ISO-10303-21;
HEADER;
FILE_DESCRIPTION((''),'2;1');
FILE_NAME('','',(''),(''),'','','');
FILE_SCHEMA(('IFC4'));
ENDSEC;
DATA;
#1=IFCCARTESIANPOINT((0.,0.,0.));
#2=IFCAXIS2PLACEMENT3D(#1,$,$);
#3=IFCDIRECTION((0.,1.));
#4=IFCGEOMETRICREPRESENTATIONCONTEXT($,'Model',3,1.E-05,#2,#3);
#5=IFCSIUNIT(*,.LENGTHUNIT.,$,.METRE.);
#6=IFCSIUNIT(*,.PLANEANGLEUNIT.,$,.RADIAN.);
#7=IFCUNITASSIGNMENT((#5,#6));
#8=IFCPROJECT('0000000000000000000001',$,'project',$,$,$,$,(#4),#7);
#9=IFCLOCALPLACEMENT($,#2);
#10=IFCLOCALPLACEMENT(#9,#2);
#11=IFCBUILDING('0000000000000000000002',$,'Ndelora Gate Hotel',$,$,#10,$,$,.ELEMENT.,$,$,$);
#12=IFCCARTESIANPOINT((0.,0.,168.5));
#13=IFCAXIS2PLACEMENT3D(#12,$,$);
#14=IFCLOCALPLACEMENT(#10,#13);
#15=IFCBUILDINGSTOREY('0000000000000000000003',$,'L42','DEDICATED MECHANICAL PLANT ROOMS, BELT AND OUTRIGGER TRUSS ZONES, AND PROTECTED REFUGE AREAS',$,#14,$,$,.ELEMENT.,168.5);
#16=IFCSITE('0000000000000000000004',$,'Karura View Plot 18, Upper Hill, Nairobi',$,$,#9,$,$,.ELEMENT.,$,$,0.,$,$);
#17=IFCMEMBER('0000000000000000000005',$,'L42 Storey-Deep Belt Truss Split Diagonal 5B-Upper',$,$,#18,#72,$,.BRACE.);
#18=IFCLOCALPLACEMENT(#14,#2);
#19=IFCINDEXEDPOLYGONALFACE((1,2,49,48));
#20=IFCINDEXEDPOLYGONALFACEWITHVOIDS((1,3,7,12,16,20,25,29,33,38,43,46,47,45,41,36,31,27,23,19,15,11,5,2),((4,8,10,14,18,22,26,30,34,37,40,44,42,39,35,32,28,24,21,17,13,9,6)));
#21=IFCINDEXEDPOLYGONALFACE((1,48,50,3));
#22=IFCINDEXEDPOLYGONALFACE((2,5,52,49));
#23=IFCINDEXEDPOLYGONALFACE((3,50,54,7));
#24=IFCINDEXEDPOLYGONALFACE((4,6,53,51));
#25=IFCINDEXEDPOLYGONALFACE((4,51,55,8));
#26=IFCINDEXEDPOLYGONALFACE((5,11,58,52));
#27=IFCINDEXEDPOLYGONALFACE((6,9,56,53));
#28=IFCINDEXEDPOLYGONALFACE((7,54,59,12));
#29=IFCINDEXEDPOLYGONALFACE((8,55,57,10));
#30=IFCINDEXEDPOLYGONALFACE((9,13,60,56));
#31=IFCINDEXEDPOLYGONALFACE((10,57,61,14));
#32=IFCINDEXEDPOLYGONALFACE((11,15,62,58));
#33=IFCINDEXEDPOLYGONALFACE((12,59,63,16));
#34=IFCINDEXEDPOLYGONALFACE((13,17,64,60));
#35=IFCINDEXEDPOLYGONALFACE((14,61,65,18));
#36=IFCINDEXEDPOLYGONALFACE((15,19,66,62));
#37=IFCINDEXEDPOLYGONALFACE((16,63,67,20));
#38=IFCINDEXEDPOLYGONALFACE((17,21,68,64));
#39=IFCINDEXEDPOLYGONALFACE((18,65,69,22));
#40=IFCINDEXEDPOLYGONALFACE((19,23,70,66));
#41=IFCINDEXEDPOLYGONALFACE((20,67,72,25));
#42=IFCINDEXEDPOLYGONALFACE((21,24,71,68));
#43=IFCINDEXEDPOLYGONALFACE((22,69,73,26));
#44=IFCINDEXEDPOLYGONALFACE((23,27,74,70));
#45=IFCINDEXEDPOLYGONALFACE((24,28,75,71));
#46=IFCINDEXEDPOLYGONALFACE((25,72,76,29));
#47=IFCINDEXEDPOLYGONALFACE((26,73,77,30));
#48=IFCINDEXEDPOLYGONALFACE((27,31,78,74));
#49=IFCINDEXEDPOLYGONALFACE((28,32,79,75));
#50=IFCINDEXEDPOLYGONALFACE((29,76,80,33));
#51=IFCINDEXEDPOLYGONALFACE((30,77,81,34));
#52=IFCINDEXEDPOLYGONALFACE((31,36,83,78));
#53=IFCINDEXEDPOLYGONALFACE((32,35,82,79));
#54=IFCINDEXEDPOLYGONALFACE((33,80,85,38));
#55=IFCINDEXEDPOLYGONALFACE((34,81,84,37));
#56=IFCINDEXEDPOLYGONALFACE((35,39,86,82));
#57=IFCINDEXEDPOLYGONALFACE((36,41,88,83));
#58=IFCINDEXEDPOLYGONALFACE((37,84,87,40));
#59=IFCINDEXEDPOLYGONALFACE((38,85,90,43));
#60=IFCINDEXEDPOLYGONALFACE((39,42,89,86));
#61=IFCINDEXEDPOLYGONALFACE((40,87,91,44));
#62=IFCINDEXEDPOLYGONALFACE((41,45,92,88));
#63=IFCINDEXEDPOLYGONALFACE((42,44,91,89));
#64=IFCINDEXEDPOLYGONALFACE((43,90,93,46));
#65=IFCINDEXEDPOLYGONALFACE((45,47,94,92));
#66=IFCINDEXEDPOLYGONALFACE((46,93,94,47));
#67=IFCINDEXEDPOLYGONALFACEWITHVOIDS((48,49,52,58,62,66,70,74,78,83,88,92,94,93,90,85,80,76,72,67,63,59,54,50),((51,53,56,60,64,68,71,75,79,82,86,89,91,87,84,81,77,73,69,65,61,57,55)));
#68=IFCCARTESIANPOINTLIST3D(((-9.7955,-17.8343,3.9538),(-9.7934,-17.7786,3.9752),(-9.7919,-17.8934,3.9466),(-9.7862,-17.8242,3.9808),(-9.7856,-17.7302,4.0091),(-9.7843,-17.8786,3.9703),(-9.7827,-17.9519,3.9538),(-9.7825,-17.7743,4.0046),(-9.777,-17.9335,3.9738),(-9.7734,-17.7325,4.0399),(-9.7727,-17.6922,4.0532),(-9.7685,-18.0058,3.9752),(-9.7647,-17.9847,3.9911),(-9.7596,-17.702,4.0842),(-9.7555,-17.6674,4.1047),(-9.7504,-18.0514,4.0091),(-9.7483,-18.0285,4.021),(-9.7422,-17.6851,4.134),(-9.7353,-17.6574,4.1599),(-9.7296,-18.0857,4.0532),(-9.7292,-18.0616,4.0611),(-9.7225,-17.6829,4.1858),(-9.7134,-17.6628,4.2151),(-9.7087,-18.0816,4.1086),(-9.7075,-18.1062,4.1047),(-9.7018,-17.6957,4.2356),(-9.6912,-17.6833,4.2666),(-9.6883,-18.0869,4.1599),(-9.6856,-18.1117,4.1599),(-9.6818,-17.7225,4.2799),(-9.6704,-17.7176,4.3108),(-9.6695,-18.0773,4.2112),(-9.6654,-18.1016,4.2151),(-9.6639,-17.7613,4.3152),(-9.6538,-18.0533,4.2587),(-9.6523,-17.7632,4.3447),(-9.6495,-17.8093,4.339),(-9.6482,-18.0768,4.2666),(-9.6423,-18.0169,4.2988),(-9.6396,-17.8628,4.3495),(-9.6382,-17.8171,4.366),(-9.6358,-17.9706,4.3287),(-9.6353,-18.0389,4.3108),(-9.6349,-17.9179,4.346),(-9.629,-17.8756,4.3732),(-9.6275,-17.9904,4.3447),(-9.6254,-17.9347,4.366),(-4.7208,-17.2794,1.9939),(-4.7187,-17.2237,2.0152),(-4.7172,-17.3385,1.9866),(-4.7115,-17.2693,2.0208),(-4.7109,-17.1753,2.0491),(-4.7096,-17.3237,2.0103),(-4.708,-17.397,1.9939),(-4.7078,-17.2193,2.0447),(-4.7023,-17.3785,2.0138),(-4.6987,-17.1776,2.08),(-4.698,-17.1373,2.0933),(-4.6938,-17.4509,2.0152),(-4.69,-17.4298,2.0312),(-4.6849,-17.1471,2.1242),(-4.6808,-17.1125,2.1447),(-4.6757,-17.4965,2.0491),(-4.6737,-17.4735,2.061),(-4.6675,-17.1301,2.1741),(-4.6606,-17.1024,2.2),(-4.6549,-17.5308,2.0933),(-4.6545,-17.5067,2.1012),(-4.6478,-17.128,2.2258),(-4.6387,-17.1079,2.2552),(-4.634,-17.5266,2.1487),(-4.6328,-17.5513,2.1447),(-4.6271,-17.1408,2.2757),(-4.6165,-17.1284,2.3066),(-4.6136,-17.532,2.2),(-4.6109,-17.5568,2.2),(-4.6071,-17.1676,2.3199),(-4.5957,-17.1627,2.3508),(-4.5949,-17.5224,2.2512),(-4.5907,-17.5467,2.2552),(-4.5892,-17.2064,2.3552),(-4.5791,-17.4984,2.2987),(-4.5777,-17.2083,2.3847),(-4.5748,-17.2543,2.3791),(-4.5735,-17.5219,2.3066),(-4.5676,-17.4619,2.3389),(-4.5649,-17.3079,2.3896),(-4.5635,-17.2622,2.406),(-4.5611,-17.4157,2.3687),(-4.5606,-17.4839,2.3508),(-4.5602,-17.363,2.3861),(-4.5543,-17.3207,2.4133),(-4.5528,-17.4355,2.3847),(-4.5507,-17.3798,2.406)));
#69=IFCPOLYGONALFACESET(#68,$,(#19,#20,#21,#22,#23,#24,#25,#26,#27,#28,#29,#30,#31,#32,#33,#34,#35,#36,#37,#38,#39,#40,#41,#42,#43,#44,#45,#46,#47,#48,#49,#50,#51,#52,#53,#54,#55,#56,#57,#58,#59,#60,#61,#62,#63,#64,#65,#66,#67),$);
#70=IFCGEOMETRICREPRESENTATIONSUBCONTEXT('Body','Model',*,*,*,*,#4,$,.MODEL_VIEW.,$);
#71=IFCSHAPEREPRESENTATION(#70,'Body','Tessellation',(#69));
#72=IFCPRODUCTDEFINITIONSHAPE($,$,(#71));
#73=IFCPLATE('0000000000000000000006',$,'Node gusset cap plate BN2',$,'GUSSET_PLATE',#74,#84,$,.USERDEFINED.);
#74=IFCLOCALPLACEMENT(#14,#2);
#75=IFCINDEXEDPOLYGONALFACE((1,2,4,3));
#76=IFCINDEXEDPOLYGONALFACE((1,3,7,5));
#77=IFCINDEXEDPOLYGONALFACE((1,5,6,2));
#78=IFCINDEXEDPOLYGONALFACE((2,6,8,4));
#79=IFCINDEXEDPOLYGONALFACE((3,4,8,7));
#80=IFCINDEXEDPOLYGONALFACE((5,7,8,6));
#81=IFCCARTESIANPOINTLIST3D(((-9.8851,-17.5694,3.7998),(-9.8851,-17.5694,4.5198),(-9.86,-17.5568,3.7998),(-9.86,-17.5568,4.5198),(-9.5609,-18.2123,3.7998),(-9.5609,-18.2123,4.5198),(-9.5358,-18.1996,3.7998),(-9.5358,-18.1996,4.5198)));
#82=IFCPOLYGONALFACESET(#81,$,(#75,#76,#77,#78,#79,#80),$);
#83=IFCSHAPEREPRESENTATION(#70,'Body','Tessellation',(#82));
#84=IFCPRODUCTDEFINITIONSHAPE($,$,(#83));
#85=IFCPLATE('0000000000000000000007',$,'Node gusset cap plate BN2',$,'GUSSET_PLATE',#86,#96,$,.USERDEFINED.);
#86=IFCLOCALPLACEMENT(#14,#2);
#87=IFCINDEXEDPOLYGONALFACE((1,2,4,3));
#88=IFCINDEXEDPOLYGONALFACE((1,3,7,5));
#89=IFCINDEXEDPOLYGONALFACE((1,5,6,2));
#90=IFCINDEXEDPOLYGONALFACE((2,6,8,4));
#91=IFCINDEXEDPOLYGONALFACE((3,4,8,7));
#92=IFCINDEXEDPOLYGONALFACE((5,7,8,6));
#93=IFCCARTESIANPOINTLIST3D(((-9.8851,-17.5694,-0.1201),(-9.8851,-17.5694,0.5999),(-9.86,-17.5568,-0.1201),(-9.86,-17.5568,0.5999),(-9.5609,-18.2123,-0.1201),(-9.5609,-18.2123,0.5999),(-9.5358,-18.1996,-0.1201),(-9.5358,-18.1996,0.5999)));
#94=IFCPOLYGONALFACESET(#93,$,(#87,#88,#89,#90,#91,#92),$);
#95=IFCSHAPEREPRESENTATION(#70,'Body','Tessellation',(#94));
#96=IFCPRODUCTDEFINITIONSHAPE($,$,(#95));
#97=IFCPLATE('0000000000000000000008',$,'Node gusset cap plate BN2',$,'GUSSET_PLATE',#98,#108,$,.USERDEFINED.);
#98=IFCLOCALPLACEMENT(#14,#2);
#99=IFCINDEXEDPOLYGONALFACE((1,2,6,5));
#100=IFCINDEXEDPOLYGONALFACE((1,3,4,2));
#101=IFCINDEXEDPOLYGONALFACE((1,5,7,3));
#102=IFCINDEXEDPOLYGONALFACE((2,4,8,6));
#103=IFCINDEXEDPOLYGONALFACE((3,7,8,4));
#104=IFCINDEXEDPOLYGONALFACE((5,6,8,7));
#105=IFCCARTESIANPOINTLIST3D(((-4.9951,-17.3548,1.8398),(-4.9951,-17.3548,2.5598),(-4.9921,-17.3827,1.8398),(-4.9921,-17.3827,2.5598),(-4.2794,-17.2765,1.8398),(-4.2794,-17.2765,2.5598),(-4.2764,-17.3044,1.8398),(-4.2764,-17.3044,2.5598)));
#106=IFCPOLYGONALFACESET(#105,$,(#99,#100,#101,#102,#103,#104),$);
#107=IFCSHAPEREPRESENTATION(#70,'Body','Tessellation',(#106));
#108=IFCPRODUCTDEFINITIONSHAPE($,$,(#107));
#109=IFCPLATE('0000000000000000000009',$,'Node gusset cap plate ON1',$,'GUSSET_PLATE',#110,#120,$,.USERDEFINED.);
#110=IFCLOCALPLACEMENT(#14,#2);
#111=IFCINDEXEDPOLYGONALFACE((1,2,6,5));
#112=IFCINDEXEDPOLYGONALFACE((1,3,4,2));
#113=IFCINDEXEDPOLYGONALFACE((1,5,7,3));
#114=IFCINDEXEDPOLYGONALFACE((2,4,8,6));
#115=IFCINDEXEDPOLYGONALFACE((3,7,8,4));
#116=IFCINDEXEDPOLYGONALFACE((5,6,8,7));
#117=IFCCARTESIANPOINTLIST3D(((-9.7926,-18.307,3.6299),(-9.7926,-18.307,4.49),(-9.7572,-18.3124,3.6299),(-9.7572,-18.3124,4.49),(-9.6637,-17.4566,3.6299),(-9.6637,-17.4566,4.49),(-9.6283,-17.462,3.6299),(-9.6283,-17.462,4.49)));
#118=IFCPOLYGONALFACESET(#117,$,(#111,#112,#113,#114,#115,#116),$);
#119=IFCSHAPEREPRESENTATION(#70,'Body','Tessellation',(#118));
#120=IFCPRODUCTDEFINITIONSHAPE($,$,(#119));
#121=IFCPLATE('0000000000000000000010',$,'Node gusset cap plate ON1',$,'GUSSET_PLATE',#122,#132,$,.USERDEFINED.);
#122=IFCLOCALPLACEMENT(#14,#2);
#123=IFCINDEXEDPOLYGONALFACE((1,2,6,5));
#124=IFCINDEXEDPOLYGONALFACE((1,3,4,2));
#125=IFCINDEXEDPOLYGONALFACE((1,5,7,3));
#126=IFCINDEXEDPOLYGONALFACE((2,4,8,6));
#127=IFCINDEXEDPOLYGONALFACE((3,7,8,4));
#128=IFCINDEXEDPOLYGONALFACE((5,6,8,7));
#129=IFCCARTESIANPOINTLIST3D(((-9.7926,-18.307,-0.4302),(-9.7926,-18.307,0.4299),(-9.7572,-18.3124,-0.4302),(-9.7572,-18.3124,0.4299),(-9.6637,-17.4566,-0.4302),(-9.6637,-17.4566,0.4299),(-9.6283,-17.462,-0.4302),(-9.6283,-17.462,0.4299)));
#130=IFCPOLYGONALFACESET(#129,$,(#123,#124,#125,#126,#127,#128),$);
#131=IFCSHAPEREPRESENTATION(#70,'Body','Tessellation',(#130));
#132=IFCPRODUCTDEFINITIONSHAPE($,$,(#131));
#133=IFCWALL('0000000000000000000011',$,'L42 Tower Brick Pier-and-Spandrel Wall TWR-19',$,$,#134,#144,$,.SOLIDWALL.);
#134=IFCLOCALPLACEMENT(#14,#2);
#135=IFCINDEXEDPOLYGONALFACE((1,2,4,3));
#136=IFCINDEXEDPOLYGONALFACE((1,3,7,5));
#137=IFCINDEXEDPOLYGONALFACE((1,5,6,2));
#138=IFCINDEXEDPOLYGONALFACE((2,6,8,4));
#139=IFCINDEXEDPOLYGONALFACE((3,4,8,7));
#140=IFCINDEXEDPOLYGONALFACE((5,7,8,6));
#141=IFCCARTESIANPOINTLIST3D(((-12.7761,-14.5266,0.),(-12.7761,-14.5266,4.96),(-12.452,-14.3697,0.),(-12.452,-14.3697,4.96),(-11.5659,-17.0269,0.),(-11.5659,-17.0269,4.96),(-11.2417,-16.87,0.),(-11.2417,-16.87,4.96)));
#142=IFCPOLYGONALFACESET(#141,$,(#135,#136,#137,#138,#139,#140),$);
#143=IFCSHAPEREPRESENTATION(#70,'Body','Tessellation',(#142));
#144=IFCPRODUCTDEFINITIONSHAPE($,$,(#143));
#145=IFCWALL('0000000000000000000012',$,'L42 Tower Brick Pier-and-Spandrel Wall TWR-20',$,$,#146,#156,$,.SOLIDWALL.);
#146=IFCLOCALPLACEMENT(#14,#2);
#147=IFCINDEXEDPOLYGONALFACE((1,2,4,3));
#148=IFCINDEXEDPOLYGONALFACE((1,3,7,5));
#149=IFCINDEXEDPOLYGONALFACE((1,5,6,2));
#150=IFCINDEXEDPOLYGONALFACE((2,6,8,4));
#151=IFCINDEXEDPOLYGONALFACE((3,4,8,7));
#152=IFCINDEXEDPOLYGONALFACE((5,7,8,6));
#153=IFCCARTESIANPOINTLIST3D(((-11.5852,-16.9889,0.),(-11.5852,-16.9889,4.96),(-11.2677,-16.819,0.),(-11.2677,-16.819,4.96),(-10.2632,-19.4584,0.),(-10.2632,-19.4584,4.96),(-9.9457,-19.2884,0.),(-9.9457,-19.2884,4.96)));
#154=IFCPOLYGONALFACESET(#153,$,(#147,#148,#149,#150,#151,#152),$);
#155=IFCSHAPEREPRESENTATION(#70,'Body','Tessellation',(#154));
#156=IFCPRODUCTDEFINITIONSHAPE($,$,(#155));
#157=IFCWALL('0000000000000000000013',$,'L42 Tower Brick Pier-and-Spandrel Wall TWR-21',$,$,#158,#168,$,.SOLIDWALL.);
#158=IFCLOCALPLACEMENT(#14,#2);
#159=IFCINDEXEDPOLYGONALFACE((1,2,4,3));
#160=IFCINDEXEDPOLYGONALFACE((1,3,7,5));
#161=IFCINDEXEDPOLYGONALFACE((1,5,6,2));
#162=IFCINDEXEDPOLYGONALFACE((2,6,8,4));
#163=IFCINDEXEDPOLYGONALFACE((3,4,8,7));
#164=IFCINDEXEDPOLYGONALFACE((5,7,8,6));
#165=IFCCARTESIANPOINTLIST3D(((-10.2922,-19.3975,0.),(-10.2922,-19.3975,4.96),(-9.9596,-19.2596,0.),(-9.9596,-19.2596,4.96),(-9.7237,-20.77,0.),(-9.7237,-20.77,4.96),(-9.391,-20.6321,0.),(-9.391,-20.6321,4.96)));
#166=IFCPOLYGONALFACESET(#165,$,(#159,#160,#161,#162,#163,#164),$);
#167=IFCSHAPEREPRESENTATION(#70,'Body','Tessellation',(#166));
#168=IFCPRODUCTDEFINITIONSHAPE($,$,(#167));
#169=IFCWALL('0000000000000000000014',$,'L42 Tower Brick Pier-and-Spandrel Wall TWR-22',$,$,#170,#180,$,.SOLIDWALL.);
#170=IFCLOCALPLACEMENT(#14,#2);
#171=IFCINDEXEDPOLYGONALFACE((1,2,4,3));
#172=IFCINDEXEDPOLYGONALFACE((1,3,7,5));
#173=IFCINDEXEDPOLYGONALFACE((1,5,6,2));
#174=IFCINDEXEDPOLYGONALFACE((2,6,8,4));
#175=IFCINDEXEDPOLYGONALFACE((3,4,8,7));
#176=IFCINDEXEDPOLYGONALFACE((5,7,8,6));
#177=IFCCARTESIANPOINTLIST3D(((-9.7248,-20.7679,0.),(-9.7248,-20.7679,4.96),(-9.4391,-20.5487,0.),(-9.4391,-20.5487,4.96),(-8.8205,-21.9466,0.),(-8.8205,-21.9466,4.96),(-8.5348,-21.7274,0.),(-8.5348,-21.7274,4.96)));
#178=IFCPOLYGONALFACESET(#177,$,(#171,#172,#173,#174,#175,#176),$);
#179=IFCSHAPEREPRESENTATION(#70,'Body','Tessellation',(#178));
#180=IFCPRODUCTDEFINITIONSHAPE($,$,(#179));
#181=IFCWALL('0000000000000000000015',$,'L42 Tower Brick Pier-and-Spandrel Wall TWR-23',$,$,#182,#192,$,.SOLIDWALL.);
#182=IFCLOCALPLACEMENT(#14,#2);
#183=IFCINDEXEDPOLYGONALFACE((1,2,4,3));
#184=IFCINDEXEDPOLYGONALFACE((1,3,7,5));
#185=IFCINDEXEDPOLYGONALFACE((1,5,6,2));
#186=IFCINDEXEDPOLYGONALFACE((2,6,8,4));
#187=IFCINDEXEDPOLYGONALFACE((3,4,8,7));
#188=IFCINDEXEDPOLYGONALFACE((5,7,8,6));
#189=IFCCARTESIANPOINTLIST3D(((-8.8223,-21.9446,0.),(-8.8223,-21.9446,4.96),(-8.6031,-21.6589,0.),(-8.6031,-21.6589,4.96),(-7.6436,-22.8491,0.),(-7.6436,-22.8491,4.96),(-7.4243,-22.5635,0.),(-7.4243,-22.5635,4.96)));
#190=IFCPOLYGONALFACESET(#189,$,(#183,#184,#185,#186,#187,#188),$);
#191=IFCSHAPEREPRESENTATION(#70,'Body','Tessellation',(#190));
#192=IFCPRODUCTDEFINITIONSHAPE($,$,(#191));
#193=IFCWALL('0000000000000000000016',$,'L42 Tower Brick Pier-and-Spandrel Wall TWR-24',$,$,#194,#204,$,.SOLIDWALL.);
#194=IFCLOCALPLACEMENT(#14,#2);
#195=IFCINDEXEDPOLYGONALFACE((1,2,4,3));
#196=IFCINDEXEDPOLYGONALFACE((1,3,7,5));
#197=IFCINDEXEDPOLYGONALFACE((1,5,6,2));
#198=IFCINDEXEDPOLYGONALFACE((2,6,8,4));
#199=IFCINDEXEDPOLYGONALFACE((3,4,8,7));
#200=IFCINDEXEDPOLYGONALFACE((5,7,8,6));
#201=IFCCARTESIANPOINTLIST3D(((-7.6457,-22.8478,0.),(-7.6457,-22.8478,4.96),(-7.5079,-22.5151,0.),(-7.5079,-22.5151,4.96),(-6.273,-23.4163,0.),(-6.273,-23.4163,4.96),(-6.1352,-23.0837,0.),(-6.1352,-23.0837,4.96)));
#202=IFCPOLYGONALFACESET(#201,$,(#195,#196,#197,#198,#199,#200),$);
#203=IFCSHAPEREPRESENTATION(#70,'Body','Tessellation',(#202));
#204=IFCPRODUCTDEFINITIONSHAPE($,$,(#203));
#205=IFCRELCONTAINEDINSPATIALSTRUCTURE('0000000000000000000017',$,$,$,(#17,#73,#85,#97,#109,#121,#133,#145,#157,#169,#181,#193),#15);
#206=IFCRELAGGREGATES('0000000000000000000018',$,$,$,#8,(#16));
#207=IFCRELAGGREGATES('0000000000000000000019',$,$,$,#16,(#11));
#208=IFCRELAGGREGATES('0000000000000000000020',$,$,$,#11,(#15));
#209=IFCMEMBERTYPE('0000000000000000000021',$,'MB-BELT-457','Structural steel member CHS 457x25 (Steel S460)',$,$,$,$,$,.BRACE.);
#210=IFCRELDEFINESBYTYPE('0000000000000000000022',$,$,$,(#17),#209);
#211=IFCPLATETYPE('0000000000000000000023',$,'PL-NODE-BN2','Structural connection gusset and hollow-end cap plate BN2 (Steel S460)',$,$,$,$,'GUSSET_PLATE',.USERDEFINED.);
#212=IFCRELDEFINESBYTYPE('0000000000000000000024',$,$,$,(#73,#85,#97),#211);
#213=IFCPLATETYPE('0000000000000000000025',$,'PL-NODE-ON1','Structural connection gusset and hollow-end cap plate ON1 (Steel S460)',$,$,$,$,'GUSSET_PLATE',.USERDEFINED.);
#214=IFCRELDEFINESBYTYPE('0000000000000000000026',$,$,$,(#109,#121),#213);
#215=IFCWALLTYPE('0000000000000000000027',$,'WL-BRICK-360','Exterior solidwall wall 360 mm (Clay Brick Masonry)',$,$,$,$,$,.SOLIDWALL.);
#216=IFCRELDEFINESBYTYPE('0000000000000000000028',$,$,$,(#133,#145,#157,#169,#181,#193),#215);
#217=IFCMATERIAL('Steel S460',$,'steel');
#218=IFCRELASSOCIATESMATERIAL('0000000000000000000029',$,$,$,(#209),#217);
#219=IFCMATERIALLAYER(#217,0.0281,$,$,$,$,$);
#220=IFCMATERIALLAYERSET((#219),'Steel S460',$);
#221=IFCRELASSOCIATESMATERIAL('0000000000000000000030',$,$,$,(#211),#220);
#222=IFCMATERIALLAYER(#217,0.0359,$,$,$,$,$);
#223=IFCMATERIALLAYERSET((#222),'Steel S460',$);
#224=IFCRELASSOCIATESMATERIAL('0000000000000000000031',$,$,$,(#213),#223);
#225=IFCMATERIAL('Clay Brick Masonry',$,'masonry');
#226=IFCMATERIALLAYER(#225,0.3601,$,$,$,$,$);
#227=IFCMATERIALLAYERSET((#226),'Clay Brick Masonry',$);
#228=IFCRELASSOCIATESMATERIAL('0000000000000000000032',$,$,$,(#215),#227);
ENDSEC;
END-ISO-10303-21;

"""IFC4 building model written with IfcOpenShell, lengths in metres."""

from ifc_helpers import new_model, si_unit, direction, frame, frame_2d, origin, origin_2d, place, context, subcontext, project, spatial, rectangle, hollow_circle, extrude, material, layer, layer_set, material_profile, profile_set, type_object, element, save


model = new_model("IFC4")

# Units and contexts
model_context = context("Model", 3, precision=1e-05, world=origin(), true_north=direction((0.0, 1.0)))
body_context = subcontext(model_context, "Body", "Model", "MODEL_VIEW")
ifc_project = project(units=[si_unit("LENGTHUNIT", "METRE"), si_unit("PLANEANGLEUNIT", "RADIAN")], contexts=[model_context])

# Site, building, storey
site_placement = place(None, origin())
site = spatial("IfcSite", under=ifc_project, at=site_placement, Name="Karura View Plot 18, Upper Hill, Nairobi", CompositionType="ELEMENT", RefElevation=0.0)
building_placement = place(site_placement, origin())
building = spatial("IfcBuilding", under=site, at=building_placement, Name="Ndelora Gate Hotel", CompositionType="ELEMENT")
storey_placement = place(building_placement, frame((0.0, 0.0, 168.5)))
storey = spatial("IfcBuildingStorey", under=building, at=storey_placement, Name="L42", Description="DEDICATED MECHANICAL PLANT ROOMS, BELT AND OUTRIGGER TRUSS ZONES, AND PROTECTED REFUGE AREAS", CompositionType="ELEMENT", Elevation=168.5)

# Shared definitions
ifc_material_1 = material(Name="Steel S460", Category="steel")

# Member
ifc_material_profile_1 = material_profile(ifc_material_1, hollow_circle(Radius=0.2285, WallThickness=0.0249, at=origin_2d()), Name="CHS 457x25")
ifc_profile_set_1 = profile_set([ifc_material_profile_1], Name="Steel S460")
member_type = type_object("IfcMemberType", Name="MB-BELT-457", Description="Structural steel member CHS 457x25 (Steel S460)", PredefinedType="BRACE", material=ifc_profile_set_1)
member_1_placement = place(storey_placement, frame((-4.6357, -17.3296, 2.2), z_axis=(-0.928027, -0.101482, 0.358424), x_axis=(0.108704, -0.994074, 0.0)))
element("IfcMember", 1, at=member_1_placement, inside=storey, type_object=member_type, Name="L42 Storey-Deep Belt Truss Split Diagonal 5B-Upper", PredefinedType="BRACE", context=body_context, shape_type="SweptSolid", body=[
    extrude(hollow_circle(Radius=0.2285, WallThickness=0.0249, at=origin_2d()), origin(), (0.0, 0.0, 1.0), 5.4683),
])

# Plates
ifc_layer_1 = layer(ifc_material_1, 0.0281)
ifc_layer_set_1 = layer_set([ifc_layer_1], Name="Steel S460")
plate_type_1 = type_object("IfcPlateType", Name="PL-NODE-BN2", Description="Structural connection gusset and hollow-end cap plate BN2 (Steel S460)", ElementType="GUSSET_PLATE", PredefinedType="USERDEFINED", material=ifc_layer_set_1)
for number, where, z_axis, x_axis, name in (
    (2, (-9.7104, -17.8845, 3.7998), (0.0, 0.0, 1.0), (-0.450254, 0.8929, 0.0), "Node gusset cap plate BN2"),
    (3, (-9.7104, -17.8845, -0.1201), (0.0, 0.0, 1.0), (-0.450254, 0.8929, 0.0), "Node gusset cap plate BN2"),
    (4, (-4.6357, -17.3296, 1.8398), (0.0, 0.0, 1.0), (0.994075, 0.108693, 0.0), "Node gusset cap plate BN2"),
):
    element("IfcPlate", number, at=place(storey_placement, frame(where, z_axis=z_axis, x_axis=x_axis)), inside=storey, type_object=plate_type_1, Name=name, ObjectType="GUSSET_PLATE", PredefinedType="USERDEFINED", context=body_context, shape_type="SweptSolid", body=[
        extrude(rectangle(XDim=0.72, YDim=0.0281, at=origin_2d()), origin(), (0.0, 0.0, 1.0), 0.72),
    ])
ifc_layer_2 = layer(ifc_material_1, 0.0359)
ifc_layer_set_2 = layer_set([ifc_layer_2], Name="Steel S460")
plate_type_2 = type_object("IfcPlateType", Name="PL-NODE-ON1", Description="Structural connection gusset and hollow-end cap plate ON1 (Steel S460)", ElementType="GUSSET_PLATE", PredefinedType="USERDEFINED", material=ifc_layer_set_2)
for number, where, z_axis, x_axis, name in (
    (5, (-9.7104, -17.8845, 3.6299), (0.0, 0.0, 1.0), (0.14988, 0.988704, 0.0), "Node gusset cap plate ON1"),
    (6, (-9.7104, -17.8845, -0.4302), (0.0, 0.0, 1.0), (0.14988, 0.988704, 0.0), "Node gusset cap plate ON1"),
):
    element("IfcPlate", number, at=place(storey_placement, frame(where, z_axis=z_axis, x_axis=x_axis)), inside=storey, type_object=plate_type_2, Name=name, ObjectType="GUSSET_PLATE", PredefinedType="USERDEFINED", context=body_context, shape_type="SweptSolid", body=[
        extrude(rectangle(XDim=0.8601, YDim=0.0359, at=origin_2d()), origin(), (0.0, 0.0, 1.0), 0.8601),
    ])

# Walls
ifc_material_2 = material(Name="Clay Brick Masonry", Category="masonry")
ifc_layer_3 = layer(ifc_material_2, 0.3601)
ifc_layer_set_3 = layer_set([ifc_layer_3], Name="Clay Brick Masonry")
wall_type = type_object("IfcWallType", Name="WL-BRICK-360", Description="Exterior solidwall wall 360 mm (Clay Brick Masonry)", PredefinedType="SOLIDWALL", material=ifc_layer_set_3)
wall_1_placement = place(storey_placement, frame((-11.4038, -16.9485, 0.0), z_axis=(0.0, 0.0, 1.0), x_axis=(-0.43568, 0.900101, 0.0)))
element("IfcWall", 7, at=wall_1_placement, inside=storey, type_object=wall_type, Name="L42 Tower Brick Pier-and-Spandrel Wall TWR-19", PredefinedType="SOLIDWALL", context=body_context, shape_type="SweptSolid", body=[
    extrude(rectangle(XDim=2.7778, YDim=0.3601, at=frame_2d((1.3889, 0.0))), origin(), (0.0, 0.0, 1.0), 4.96),
])
wall_2_placement = place(storey_placement, frame((-10.1045, -19.3733, 0.0), z_axis=(0.0, 0.0, 1.0), x_axis=(-0.471967, 0.881616, 0.0)))
element("IfcWall", 8, at=wall_2_placement, inside=storey, type_object=wall_type, Name="L42 Tower Brick Pier-and-Spandrel Wall TWR-20", PredefinedType="SOLIDWALL", context=body_context, shape_type="SweptSolid", body=[
    extrude(rectangle(XDim=2.801, YDim=0.3601, at=frame_2d((1.4004, 0.0))), origin(), (0.0, 0.0, 1.0), 4.96),
])
for number, where, z_axis, x_axis, name in (
    (9, (-9.5574, -20.7009, 0.0), (0.0, 0.0, 1.0), (-0.382724, 0.923863, 0.0), "L42 Tower Brick Pier-and-Spandrel Wall TWR-21"),
    (10, (-8.6777, -21.8369, 0.0), (0.0, 0.0, 1.0), (-0.608694, 0.793405, 0.0), "L42 Tower Brick Pier-and-Spandrel Wall TWR-22"),
):
    element("IfcWall", number, at=place(storey_placement, frame(where, z_axis=z_axis, x_axis=x_axis)), inside=storey, type_object=wall_type, Name=name, PredefinedType="SOLIDWALL", context=body_context, shape_type="SweptSolid", body=[
        extrude(rectangle(XDim=1.4856, YDim=0.3601, at=frame_2d((0.7427, 0.0))), origin(), (0.0, 0.0, 1.0), 4.96),
    ])
for number, where, z_axis, x_axis, name in (
    (11, (-7.5339, -22.7063, 0.0), (0.0, 0.0, 1.0), (-0.793326, 0.608797, 0.0), "L42 Tower Brick Pier-and-Spandrel Wall TWR-23"),
    (12, (-6.2041, -23.25, 0.0), (0.0, 0.0, 1.0), (-0.923887, 0.382666, 0.0), "L42 Tower Brick Pier-and-Spandrel Wall TWR-24"),
):
    element("IfcWall", number, at=place(storey_placement, frame(where, z_axis=z_axis, x_axis=x_axis)), inside=storey, type_object=wall_type, Name=name, PredefinedType="SOLIDWALL", context=body_context, shape_type="SweptSolid", body=[
        extrude(rectangle(XDim=1.4858, YDim=0.3601, at=frame_2d((0.7429, 0.0))), origin(), (0.0, 0.0, 1.0), 4.96),
    ])

save(model, "model.ifc")
